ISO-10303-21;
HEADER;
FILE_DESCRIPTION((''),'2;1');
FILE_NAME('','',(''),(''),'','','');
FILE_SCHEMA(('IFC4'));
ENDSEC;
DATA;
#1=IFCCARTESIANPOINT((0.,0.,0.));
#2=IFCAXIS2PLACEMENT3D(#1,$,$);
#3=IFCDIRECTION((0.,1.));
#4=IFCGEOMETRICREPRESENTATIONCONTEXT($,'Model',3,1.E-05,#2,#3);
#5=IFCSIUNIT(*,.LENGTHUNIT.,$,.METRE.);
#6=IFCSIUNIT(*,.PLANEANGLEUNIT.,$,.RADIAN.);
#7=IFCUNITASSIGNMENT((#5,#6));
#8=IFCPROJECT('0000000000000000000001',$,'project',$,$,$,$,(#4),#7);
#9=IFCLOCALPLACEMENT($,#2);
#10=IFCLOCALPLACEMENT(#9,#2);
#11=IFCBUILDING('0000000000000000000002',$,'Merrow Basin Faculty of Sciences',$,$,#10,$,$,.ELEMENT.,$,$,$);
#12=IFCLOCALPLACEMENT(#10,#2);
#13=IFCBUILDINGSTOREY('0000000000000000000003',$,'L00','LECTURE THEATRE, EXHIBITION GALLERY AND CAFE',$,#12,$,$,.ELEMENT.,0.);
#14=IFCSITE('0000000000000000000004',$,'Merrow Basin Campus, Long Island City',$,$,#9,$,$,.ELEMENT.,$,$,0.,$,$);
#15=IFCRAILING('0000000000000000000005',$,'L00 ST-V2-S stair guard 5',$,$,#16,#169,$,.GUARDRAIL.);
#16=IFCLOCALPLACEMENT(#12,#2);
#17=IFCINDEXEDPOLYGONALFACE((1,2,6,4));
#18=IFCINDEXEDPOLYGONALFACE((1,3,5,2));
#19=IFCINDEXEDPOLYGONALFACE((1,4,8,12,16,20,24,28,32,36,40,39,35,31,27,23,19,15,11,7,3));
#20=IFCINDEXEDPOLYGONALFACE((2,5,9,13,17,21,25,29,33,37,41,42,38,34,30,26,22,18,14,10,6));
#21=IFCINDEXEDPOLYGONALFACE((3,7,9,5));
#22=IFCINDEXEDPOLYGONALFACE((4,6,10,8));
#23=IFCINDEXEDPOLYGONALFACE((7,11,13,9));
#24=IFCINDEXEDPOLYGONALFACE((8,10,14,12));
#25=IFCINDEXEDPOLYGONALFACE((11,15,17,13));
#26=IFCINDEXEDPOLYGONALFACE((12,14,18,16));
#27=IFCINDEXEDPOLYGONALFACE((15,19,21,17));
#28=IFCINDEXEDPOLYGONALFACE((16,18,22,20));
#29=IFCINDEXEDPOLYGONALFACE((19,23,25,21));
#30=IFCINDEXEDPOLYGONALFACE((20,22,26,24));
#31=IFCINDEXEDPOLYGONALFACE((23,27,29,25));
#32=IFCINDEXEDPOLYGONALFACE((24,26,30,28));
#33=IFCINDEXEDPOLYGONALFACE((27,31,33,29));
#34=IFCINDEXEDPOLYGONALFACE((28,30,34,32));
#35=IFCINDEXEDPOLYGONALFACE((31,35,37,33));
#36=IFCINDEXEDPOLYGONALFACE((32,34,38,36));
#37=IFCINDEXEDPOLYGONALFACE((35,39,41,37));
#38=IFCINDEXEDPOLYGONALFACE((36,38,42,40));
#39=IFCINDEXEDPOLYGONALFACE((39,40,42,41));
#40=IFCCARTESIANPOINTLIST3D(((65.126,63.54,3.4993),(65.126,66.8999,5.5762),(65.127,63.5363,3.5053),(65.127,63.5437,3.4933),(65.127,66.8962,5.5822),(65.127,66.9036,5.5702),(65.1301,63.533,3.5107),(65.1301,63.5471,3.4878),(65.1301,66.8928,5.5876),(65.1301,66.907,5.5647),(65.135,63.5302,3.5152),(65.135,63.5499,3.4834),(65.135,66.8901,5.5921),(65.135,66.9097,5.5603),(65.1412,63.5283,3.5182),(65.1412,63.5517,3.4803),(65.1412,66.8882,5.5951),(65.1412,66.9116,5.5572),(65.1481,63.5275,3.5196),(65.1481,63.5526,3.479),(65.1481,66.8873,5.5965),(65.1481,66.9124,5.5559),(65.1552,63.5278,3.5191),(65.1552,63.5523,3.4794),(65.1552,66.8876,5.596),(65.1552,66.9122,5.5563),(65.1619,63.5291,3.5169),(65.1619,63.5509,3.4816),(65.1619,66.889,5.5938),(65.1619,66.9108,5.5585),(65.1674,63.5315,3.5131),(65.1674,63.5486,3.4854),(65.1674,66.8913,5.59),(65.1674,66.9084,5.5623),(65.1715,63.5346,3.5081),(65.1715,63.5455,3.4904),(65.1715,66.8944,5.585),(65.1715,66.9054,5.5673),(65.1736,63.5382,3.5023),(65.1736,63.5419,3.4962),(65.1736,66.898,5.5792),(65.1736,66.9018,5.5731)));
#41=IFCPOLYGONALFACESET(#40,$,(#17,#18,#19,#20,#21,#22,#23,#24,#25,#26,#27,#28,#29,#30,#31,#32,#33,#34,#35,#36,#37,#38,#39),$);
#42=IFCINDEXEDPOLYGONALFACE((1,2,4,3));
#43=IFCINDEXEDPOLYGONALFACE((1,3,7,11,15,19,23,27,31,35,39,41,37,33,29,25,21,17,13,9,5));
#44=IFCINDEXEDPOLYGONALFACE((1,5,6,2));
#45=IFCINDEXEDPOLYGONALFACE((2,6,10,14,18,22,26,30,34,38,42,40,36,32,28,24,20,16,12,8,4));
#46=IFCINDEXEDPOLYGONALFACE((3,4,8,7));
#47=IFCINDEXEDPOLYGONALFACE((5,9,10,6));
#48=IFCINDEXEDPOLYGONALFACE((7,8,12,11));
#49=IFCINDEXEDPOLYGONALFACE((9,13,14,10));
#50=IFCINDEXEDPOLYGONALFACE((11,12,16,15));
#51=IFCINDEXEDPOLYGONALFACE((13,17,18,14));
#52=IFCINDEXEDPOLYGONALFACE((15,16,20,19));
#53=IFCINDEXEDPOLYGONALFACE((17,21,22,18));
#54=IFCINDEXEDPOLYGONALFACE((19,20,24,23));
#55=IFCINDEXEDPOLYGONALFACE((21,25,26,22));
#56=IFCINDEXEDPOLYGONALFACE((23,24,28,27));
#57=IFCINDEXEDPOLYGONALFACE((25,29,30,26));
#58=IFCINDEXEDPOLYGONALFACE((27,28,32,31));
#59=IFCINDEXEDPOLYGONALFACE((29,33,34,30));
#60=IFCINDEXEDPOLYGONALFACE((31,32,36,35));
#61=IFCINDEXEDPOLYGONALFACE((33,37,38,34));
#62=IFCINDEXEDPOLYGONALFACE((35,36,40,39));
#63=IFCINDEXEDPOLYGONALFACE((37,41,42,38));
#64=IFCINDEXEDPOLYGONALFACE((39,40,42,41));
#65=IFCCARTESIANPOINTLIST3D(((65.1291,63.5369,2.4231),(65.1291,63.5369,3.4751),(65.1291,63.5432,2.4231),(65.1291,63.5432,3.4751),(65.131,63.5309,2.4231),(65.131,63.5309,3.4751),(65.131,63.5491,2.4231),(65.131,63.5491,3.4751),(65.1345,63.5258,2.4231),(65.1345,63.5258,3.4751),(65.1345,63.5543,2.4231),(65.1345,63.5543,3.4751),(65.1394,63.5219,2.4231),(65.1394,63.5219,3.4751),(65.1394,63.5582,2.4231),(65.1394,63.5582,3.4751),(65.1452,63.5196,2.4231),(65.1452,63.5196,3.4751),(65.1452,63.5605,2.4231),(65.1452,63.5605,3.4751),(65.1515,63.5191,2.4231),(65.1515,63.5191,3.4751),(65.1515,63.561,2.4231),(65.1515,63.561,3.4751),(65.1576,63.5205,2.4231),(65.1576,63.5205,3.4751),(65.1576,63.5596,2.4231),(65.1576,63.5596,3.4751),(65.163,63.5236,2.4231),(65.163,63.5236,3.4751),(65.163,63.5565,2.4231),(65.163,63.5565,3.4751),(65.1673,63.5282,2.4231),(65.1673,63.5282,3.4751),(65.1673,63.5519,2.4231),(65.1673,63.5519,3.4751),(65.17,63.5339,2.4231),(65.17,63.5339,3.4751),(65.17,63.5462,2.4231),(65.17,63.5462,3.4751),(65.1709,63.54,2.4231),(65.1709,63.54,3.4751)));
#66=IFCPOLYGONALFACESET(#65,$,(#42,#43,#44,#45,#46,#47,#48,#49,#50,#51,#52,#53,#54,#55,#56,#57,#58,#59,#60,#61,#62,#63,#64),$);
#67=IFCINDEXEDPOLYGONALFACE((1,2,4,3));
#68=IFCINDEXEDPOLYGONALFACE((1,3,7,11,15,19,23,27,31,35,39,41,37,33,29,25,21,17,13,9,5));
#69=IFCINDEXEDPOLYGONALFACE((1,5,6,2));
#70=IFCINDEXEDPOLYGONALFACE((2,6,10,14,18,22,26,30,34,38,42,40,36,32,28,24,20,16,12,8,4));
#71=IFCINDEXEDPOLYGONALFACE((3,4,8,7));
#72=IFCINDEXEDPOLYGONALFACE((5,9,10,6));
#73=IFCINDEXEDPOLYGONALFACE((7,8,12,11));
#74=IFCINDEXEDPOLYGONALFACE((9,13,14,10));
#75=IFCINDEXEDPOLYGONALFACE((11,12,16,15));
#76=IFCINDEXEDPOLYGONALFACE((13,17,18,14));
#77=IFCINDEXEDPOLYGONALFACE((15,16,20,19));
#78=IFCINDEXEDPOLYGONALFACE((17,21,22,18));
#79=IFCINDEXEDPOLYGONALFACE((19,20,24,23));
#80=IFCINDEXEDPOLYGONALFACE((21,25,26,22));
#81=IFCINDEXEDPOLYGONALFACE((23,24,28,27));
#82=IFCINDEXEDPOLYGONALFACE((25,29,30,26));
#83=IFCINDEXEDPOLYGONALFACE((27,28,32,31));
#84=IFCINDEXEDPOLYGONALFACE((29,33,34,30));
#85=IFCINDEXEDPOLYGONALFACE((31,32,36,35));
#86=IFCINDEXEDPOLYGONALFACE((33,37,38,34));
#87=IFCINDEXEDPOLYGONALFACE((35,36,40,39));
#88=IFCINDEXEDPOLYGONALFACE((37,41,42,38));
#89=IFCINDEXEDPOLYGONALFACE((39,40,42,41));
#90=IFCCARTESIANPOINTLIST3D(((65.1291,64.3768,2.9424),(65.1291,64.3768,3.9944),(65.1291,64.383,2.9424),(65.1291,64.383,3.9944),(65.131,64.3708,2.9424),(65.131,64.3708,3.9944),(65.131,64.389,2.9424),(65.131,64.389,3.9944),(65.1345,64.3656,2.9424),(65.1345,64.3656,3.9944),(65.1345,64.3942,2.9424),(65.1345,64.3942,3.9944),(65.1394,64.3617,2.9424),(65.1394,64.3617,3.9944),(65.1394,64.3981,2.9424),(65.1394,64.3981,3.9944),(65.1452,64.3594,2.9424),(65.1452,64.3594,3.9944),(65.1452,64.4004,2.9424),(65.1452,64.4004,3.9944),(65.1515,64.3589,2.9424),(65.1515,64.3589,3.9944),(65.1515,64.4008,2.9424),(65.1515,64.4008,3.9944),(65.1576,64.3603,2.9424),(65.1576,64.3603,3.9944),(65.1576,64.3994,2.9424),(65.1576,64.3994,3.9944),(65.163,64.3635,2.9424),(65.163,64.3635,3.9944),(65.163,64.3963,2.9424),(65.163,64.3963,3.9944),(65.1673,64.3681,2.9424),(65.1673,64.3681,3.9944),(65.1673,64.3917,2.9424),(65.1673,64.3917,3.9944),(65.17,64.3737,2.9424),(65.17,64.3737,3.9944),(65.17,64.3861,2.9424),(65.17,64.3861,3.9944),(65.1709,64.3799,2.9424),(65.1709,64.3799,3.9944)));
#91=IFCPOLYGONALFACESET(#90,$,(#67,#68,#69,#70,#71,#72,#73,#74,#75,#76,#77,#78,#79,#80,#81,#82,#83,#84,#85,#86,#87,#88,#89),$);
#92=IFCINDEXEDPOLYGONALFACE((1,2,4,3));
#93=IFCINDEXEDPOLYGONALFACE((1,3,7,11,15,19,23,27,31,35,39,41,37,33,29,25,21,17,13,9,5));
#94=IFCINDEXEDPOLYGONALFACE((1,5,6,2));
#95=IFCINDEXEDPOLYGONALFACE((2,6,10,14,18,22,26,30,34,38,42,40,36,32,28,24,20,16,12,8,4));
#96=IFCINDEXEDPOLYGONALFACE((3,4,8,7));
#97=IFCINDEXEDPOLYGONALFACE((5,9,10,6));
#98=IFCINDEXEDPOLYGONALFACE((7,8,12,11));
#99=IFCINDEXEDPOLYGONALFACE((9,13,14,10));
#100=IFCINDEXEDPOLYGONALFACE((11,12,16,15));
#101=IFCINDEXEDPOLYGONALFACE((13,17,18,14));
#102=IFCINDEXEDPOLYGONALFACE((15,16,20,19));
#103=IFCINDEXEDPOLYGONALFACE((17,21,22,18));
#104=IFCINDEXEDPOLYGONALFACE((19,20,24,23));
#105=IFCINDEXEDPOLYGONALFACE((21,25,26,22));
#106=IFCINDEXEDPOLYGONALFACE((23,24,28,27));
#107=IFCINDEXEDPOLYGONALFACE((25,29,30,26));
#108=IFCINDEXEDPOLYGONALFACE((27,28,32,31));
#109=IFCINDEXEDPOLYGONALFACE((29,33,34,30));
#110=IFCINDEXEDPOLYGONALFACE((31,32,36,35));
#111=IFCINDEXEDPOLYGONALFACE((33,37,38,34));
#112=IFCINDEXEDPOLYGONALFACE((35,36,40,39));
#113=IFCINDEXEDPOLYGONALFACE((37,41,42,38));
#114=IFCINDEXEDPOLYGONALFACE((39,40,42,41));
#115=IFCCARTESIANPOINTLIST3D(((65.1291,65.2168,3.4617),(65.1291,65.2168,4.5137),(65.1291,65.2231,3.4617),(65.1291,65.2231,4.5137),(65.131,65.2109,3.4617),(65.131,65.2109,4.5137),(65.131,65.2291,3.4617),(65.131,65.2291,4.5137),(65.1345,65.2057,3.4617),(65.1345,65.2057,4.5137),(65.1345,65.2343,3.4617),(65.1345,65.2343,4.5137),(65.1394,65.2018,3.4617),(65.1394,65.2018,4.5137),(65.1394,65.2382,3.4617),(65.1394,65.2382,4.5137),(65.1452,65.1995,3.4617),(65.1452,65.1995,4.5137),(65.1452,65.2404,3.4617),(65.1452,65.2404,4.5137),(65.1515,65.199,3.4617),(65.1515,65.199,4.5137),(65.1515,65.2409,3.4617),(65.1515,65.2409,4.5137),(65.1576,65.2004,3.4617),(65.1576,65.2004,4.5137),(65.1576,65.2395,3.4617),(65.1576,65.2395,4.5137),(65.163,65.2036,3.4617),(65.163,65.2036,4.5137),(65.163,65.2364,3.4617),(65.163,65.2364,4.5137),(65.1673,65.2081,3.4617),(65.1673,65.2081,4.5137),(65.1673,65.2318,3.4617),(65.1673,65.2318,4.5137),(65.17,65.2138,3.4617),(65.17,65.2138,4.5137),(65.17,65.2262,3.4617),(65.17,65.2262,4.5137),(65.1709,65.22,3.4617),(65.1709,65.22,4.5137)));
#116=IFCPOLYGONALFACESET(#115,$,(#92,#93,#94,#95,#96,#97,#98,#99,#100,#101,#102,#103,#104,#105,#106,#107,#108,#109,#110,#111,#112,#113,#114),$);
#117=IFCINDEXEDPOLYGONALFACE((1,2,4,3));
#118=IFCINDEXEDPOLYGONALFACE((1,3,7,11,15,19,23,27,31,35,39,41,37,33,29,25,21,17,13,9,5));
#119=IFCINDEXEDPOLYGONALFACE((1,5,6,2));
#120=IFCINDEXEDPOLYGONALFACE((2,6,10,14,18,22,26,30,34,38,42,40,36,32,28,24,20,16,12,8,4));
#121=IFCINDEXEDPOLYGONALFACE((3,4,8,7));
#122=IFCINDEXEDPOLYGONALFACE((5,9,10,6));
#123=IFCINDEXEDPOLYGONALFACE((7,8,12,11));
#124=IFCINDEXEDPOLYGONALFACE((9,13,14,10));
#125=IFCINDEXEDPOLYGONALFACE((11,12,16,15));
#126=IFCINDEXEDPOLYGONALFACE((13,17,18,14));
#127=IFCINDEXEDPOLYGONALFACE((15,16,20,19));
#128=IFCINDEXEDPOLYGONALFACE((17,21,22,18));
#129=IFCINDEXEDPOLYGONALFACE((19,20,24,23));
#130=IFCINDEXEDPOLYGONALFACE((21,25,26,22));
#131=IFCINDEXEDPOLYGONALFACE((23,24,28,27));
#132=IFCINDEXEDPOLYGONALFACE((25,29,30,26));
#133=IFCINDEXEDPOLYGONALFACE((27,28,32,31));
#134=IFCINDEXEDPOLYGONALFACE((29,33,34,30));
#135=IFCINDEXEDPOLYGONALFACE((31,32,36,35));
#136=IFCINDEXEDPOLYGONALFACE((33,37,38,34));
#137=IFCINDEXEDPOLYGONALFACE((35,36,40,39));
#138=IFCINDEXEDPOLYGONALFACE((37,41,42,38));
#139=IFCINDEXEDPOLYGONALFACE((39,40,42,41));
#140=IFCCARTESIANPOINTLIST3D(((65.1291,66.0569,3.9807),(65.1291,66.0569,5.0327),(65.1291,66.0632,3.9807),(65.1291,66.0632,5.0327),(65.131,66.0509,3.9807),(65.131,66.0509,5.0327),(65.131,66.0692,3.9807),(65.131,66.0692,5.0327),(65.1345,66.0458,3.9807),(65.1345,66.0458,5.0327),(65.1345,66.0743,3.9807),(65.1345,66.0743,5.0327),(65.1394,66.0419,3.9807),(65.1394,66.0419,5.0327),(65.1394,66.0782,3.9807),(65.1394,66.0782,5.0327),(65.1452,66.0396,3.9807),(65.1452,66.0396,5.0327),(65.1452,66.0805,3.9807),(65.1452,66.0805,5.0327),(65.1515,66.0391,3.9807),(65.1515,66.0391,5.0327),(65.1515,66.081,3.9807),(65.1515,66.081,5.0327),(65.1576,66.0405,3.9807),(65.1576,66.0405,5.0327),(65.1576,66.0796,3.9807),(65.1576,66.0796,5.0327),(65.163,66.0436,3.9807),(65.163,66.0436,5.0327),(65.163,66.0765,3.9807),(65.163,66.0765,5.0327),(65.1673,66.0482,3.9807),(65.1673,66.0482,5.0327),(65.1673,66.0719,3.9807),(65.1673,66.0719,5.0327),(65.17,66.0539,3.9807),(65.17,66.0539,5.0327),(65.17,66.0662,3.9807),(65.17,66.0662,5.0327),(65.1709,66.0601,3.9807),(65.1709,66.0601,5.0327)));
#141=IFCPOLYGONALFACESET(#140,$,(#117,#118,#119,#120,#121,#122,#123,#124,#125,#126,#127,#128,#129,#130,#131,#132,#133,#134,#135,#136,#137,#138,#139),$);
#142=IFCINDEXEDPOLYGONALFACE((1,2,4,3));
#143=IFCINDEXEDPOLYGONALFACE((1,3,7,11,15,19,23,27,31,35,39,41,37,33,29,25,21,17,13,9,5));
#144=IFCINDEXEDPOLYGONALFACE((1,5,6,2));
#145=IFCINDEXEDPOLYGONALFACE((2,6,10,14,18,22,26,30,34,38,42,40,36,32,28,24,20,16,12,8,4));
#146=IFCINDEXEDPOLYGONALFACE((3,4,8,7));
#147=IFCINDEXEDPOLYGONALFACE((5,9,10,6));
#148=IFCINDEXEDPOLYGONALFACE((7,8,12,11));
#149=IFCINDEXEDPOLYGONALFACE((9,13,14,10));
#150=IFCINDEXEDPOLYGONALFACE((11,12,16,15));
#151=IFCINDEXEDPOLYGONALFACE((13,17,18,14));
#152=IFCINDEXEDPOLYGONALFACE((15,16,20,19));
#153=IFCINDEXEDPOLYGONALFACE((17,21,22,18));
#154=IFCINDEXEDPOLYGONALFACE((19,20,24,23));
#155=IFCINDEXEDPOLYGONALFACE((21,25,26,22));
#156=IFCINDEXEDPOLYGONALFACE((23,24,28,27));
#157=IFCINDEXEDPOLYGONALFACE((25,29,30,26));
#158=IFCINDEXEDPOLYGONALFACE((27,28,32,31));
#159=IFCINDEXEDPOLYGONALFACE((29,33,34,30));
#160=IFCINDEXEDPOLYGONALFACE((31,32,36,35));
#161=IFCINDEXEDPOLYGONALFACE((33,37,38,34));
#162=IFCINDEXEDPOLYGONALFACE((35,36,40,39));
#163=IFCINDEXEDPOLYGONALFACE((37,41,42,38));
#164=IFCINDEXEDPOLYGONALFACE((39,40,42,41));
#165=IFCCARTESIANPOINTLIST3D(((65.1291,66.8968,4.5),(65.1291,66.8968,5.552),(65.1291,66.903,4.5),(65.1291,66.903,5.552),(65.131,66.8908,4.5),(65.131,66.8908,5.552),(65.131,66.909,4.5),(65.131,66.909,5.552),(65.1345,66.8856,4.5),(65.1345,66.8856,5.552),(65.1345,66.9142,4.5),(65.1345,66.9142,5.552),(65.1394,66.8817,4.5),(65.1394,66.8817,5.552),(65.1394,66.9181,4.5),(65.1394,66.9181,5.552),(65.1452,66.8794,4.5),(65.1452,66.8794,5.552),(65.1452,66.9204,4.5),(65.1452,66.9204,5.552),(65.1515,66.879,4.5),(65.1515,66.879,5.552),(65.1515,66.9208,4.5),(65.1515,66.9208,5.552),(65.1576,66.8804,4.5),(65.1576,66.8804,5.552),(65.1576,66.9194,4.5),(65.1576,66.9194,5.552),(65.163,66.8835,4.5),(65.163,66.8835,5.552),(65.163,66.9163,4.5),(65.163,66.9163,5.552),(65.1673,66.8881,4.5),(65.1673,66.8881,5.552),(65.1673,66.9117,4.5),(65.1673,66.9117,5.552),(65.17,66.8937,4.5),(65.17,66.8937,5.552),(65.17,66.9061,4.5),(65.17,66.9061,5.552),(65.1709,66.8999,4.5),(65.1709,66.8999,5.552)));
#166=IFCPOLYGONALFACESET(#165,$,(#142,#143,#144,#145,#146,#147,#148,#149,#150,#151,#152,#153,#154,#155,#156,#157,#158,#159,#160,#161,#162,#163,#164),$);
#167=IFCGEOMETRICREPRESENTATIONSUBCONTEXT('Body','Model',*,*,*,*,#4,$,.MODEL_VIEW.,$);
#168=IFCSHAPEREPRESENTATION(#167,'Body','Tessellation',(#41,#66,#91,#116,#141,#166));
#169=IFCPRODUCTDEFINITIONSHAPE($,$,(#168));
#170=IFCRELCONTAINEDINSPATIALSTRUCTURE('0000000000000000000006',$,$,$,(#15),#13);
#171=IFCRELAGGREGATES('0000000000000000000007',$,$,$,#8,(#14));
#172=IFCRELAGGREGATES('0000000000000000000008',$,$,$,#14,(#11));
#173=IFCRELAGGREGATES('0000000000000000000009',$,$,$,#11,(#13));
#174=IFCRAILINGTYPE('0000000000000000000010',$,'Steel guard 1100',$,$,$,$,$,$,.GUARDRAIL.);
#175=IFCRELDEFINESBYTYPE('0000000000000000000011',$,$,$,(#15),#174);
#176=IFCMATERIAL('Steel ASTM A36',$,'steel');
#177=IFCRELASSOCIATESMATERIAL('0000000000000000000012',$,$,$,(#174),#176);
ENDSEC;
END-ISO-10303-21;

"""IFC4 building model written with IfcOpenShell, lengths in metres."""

from ifc_helpers import new_model, si_unit, direction, frame, origin, origin_2d, place, context, subcontext, project, spatial, circle, extrude, material, type_object, element, save


model = new_model("IFC4")

# Units and contexts
model_context = context("Model", 3, precision=1e-05, world=origin(), true_north=direction((0.0, 1.0)))
body_context = subcontext(model_context, "Body", "Model", "MODEL_VIEW")
ifc_project = project(units=[si_unit("LENGTHUNIT", "METRE"), si_unit("PLANEANGLEUNIT", "RADIAN")], contexts=[model_context])

# Site, building, storey
site_placement = place(None, origin())
site = spatial("IfcSite", under=ifc_project, at=site_placement, Name="Merrow Basin Campus, Long Island City", CompositionType="ELEMENT", RefElevation=0.0)
building_placement = place(site_placement, origin())
building = spatial("IfcBuilding", under=site, at=building_placement, Name="Merrow Basin Faculty of Sciences", CompositionType="ELEMENT")
storey_placement = place(building_placement, origin())
storey = spatial("IfcBuildingStorey", under=building, at=storey_placement, Name="L00", Description="LECTURE THEATRE, EXHIBITION GALLERY AND CAFE", CompositionType="ELEMENT", Elevation=0.0)

# Railing
ifc_material_1 = material(Name="Steel ASTM A36", Category="steel")
railing_type_1 = type_object("IfcRailingType", Name="Steel guard 1100", PredefinedType="GUARDRAIL", material=ifc_material_1)
railing_1_placement = place(storey_placement, frame((65.1499, 63.54, 2.4231)))
element("IfcRailing", 1, at=railing_1_placement, inside=storey, type_object=railing_type_1, Name="L00 ST-V2-S stair guard 5", PredefinedType="GUARDRAIL", context=body_context, shape_type="SweptSolid", body=[
    extrude(circle(Radius=0.0239, at=origin_2d()), frame((0.0, 0.0, 1.0762), z_axis=(0.0, 0.850606, 0.525803), x_axis=(-1.0, 0.0, 0.0)), (0.0, 0.0, 1.0), 3.95),
    extrude(circle(Radius=0.021, at=origin_2d()), origin(), (0.0, 0.0, 1.0), 1.052),
    extrude(circle(Radius=0.021, at=origin_2d()), frame((0.0, 0.8398, 0.5193)), (0.0, 0.0, 1.0), 1.052),
    extrude(circle(Radius=0.021, at=origin_2d()), frame((0.0, 1.6799, 1.0386)), (0.0, 0.0, 1.0), 1.052),
    extrude(circle(Radius=0.021, at=origin_2d()), frame((0.0, 2.52, 1.5576)), (0.0, 0.0, 1.0), 1.052),
    extrude(circle(Radius=0.021, at=origin_2d()), frame((0.0, 3.3599, 2.0769)), (0.0, 0.0, 1.0), 1.052),
])

save(model, "model.ifc")
